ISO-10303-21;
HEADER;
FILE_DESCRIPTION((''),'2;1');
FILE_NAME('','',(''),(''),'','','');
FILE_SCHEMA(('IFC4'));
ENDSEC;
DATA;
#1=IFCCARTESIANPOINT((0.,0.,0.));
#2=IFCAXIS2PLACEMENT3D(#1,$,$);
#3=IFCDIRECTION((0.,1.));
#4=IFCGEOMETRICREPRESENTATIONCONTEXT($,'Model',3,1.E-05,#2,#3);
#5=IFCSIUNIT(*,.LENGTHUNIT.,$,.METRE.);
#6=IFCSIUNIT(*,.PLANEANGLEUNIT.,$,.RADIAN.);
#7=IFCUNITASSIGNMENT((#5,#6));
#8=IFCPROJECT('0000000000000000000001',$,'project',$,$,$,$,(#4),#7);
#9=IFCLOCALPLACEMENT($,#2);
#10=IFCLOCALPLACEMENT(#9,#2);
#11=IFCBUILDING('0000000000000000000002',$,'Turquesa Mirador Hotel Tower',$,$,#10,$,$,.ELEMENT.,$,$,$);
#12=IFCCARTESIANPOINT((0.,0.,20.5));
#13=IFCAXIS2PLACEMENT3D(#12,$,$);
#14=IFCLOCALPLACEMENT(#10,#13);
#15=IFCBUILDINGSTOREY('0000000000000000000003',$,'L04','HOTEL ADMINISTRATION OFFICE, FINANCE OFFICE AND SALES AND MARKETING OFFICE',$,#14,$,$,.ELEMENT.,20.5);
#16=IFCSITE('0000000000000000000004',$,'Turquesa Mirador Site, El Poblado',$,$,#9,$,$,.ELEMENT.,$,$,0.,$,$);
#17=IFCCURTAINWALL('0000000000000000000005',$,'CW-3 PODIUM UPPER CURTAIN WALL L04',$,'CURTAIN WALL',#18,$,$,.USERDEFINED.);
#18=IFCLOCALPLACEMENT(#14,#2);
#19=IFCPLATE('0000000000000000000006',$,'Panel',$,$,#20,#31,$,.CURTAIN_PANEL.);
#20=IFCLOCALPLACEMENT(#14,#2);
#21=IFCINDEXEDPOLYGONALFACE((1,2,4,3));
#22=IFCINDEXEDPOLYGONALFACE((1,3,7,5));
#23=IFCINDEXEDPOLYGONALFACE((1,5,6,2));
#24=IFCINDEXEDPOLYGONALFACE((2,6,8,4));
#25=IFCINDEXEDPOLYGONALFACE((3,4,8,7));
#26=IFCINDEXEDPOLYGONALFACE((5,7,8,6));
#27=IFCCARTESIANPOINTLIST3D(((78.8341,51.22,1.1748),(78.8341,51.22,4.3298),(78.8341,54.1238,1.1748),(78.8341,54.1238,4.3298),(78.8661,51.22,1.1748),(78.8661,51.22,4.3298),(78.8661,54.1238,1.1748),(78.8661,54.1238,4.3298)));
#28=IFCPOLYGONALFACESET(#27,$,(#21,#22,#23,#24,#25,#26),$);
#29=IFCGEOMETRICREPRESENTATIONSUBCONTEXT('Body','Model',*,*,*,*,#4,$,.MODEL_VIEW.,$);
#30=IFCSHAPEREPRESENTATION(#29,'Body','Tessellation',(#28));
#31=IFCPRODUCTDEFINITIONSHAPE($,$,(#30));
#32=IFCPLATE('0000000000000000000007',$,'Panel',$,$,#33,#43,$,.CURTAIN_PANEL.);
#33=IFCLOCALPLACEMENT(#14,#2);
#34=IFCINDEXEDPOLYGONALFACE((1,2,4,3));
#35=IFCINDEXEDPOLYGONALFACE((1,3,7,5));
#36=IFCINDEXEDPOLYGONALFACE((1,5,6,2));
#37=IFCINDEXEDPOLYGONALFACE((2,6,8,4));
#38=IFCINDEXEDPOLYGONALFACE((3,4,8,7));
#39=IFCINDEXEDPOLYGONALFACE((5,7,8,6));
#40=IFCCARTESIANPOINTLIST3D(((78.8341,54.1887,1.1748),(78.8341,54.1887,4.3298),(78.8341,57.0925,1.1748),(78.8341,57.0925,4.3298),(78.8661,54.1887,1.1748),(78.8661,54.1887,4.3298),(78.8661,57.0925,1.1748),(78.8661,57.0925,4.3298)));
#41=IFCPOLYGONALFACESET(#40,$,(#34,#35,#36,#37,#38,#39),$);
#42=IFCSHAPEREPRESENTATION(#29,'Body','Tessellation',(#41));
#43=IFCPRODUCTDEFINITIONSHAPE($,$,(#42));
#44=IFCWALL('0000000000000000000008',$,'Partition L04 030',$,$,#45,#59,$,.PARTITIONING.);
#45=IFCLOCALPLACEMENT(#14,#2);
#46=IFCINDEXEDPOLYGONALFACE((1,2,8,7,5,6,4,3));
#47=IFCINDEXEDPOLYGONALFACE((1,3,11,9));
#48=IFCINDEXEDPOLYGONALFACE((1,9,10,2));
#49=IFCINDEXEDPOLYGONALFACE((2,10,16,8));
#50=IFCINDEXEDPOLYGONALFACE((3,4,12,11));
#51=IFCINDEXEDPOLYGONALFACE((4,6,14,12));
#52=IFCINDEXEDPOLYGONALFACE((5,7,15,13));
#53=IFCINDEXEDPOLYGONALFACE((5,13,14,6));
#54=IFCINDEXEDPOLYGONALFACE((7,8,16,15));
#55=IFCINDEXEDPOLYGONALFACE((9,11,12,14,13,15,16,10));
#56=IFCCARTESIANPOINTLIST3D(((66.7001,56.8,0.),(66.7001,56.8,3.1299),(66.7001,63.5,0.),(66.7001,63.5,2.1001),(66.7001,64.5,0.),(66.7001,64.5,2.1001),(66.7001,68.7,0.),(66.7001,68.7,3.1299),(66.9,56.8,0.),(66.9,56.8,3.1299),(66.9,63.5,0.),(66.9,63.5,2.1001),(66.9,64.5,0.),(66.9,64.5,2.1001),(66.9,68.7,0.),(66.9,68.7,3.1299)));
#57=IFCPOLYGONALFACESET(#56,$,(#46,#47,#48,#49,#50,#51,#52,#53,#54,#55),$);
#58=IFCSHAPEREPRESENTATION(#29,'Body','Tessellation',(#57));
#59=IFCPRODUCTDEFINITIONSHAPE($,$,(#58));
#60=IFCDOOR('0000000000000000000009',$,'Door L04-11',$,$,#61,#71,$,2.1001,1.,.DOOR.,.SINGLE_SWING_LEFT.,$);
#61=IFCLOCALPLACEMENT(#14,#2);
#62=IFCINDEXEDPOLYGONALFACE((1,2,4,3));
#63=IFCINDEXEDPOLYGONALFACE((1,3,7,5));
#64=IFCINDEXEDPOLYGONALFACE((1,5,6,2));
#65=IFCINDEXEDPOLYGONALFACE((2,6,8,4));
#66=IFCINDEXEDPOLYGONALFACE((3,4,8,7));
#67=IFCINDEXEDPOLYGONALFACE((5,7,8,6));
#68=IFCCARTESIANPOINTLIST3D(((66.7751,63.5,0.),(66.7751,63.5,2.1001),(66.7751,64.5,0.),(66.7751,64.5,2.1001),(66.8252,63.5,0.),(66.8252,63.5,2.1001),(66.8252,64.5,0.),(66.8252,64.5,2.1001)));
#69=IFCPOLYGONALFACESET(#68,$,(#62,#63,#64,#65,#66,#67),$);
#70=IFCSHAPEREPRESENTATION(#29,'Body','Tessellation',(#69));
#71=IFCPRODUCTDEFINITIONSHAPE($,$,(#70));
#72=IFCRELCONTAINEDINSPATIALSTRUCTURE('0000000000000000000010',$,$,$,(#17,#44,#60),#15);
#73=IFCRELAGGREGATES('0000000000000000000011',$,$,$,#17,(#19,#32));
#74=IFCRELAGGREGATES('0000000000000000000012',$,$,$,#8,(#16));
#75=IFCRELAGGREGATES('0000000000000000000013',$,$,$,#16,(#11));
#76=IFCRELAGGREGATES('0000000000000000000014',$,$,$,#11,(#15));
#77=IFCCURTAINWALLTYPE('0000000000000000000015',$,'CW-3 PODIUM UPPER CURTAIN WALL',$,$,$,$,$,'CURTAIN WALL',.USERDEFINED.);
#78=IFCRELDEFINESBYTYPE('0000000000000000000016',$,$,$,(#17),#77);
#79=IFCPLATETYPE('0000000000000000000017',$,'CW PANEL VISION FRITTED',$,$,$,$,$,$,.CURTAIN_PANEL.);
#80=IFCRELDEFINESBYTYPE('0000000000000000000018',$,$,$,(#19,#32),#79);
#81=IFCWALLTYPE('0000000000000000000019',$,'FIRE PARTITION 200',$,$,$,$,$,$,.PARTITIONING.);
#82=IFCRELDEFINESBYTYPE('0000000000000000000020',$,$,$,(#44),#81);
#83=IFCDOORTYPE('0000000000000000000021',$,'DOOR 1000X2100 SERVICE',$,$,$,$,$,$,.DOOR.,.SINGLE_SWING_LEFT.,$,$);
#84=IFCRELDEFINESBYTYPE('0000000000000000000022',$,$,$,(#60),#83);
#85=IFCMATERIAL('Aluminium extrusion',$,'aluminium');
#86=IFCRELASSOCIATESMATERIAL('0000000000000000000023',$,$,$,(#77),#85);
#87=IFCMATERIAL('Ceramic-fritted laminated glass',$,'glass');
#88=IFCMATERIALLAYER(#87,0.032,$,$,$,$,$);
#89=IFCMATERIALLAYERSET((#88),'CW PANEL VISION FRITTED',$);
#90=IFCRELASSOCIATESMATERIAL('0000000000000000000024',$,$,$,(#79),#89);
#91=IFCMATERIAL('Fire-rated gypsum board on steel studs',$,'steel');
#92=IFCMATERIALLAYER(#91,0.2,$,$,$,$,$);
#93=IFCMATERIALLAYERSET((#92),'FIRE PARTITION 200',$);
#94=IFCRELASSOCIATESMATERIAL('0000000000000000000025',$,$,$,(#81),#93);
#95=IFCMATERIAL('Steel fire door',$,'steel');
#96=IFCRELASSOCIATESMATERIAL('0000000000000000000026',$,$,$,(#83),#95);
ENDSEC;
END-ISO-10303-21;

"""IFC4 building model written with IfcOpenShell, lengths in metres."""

from ifc_helpers import new_model, si_unit, direction, frame, frame_2d, origin, origin_2d, place, context, subcontext, project, spatial, rectangle, extrude, material, layer, layer_set, type_object, element, fill, aggregate, save


model = new_model("IFC4")

# Units and contexts
model_context = context("Model", 3, precision=1e-05, world=origin(), true_north=direction((0.0, 1.0)))
body_context = subcontext(model_context, "Body", "Model", "MODEL_VIEW")
ifc_project = project(units=[si_unit("LENGTHUNIT", "METRE"), si_unit("PLANEANGLEUNIT", "RADIAN")], contexts=[model_context])

# Site, building, storey
site_placement = place(None, origin())
site = spatial("IfcSite", under=ifc_project, at=site_placement, Name="Turquesa Mirador Site, El Poblado", CompositionType="ELEMENT", RefElevation=0.0)
building_placement = place(site_placement, origin())
building = spatial("IfcBuilding", under=site, at=building_placement, Name="Turquesa Mirador Hotel Tower", CompositionType="ELEMENT")
storey_placement = place(building_placement, frame((0.0, 0.0, 20.5)))
storey = spatial("IfcBuildingStorey", under=building, at=storey_placement, Name="L04", Description="HOTEL ADMINISTRATION OFFICE, FINANCE OFFICE AND SALES AND MARKETING OFFICE", CompositionType="ELEMENT", Elevation=20.5)

# Curtain wall, plates
ifc_material_1 = material(Name="Aluminium extrusion", Category="aluminium")
curtain_wall_type = type_object("IfcCurtainWallType", Name="CW-3 PODIUM UPPER CURTAIN WALL", ElementType="CURTAIN WALL", PredefinedType="USERDEFINED", material=ifc_material_1)
curtain_wall_placement = place(storey_placement, origin())
curtain_wall = element("IfcCurtainWall", 1, at=curtain_wall_placement, inside=storey, type_object=curtain_wall_type, Name="CW-3 PODIUM UPPER CURTAIN WALL L04", ObjectType="CURTAIN WALL", PredefinedType="USERDEFINED")
ifc_material_2 = material(Name="Ceramic-fritted laminated glass", Category="glass")
ifc_layer_1 = layer(ifc_material_2, 0.032)
ifc_layer_set_1 = layer_set([ifc_layer_1], Name="CW PANEL VISION FRITTED")
plate_type_1 = type_object("IfcPlateType", Name="CW PANEL VISION FRITTED", PredefinedType="CURTAIN_PANEL", material=ifc_layer_set_1)
plate_1_placement = place(storey_placement, frame((78.8501, 52.6719, 1.1748), z_axis=(0.0, 0.0, 1.0), x_axis=(0.0, 1.0, 0.0)))
plate_1 = element("IfcPlate", 2, at=plate_1_placement, type_object=plate_type_1, Name="Panel", PredefinedType="CURTAIN_PANEL", context=body_context, shape_type="SweptSolid", body=[
    extrude(rectangle(XDim=2.9038, YDim=0.032, at=origin_2d()), origin(), (0.0, 0.0, 1.0), 3.155),
])
plate_2_placement = place(storey_placement, frame((78.8501, 55.6406, 1.1748), z_axis=(0.0, 0.0, 1.0), x_axis=(0.0, 1.0, 0.0)))
plate_2 = element("IfcPlate", 3, at=plate_2_placement, type_object=plate_type_1, Name="Panel", PredefinedType="CURTAIN_PANEL", context=body_context, shape_type="SweptSolid", body=[
    extrude(rectangle(XDim=2.9038, YDim=0.032, at=origin_2d()), origin(), (0.0, 0.0, 1.0), 3.155),
])
aggregate(curtain_wall, [plate_1, plate_2])

# Wall, opening, door
ifc_material_3 = material(Name="Fire-rated gypsum board on steel studs", Category="steel")
ifc_layer_2 = layer(ifc_material_3, 0.2)
ifc_layer_set_2 = layer_set([ifc_layer_2], Name="FIRE PARTITION 200")
wall_type = type_object("IfcWallType", Name="FIRE PARTITION 200", PredefinedType="PARTITIONING", material=ifc_layer_set_2)
ifc_material_4 = material(Name="Steel fire door", Category="steel")
door_type = type_object("IfcDoorType", Name="DOOR 1000X2100 SERVICE", OperationType="SINGLE_SWING_LEFT", PredefinedType="DOOR", material=ifc_material_4)
wall_1_placement = place(storey_placement, frame((66.8, 56.8, 0.0), z_axis=(0.0, 0.0, 1.0), x_axis=(0.0, 1.0, 0.0)))
wall_1 = element("IfcWall", 4, at=wall_1_placement, inside=storey, type_object=wall_type, Name="Partition L04 030", PredefinedType="PARTITIONING", context=body_context, shape_type="SweptSolid", body=[
    extrude(rectangle(XDim=11.8999, YDim=0.2, at=frame_2d((5.95, 0.0))), origin(), (0.0, 0.0, 1.0), 3.1299),
])
opening_1_placement = place(wall_1_placement, frame((6.7, 0.0, 0.0)))
opening_1 = element("IfcOpeningElement", 5, at=opening_1_placement, cuts=wall_1, PredefinedType="OPENING", context=body_context, shape_type="SweptSolid", body=[
    extrude(rectangle(XDim=1.0, YDim=2.1001, at=frame_2d((0.5, 1.05))), frame((0.0, 0.1099, 0.0), z_axis=(0.0, -1.0, 0.0), x_axis=(1.0, 0.0, 0.0)), (0.0, 0.0, 1.0), 0.22),
])
door_1_placement = place(opening_1_placement, origin())
door_1 = element("IfcDoor", 6, at=door_1_placement, inside=storey, type_object=door_type, Name="Door L04-11", OperationType="SINGLE_SWING_LEFT", OverallHeight=2.1001, OverallWidth=1.0, PredefinedType="DOOR", context=body_context, shape_type="SweptSolid", body=[
    extrude(rectangle(XDim=1.0, YDim=2.1001, at=frame_2d((0.5, 1.05))), frame((0.0, 0.0249, 0.0), z_axis=(0.0, -1.0, 0.0), x_axis=(1.0, 0.0, 0.0)), (0.0, 0.0, 1.0), 0.05),
])
fill(opening_1, door_1)

save(model, "model.ifc")
